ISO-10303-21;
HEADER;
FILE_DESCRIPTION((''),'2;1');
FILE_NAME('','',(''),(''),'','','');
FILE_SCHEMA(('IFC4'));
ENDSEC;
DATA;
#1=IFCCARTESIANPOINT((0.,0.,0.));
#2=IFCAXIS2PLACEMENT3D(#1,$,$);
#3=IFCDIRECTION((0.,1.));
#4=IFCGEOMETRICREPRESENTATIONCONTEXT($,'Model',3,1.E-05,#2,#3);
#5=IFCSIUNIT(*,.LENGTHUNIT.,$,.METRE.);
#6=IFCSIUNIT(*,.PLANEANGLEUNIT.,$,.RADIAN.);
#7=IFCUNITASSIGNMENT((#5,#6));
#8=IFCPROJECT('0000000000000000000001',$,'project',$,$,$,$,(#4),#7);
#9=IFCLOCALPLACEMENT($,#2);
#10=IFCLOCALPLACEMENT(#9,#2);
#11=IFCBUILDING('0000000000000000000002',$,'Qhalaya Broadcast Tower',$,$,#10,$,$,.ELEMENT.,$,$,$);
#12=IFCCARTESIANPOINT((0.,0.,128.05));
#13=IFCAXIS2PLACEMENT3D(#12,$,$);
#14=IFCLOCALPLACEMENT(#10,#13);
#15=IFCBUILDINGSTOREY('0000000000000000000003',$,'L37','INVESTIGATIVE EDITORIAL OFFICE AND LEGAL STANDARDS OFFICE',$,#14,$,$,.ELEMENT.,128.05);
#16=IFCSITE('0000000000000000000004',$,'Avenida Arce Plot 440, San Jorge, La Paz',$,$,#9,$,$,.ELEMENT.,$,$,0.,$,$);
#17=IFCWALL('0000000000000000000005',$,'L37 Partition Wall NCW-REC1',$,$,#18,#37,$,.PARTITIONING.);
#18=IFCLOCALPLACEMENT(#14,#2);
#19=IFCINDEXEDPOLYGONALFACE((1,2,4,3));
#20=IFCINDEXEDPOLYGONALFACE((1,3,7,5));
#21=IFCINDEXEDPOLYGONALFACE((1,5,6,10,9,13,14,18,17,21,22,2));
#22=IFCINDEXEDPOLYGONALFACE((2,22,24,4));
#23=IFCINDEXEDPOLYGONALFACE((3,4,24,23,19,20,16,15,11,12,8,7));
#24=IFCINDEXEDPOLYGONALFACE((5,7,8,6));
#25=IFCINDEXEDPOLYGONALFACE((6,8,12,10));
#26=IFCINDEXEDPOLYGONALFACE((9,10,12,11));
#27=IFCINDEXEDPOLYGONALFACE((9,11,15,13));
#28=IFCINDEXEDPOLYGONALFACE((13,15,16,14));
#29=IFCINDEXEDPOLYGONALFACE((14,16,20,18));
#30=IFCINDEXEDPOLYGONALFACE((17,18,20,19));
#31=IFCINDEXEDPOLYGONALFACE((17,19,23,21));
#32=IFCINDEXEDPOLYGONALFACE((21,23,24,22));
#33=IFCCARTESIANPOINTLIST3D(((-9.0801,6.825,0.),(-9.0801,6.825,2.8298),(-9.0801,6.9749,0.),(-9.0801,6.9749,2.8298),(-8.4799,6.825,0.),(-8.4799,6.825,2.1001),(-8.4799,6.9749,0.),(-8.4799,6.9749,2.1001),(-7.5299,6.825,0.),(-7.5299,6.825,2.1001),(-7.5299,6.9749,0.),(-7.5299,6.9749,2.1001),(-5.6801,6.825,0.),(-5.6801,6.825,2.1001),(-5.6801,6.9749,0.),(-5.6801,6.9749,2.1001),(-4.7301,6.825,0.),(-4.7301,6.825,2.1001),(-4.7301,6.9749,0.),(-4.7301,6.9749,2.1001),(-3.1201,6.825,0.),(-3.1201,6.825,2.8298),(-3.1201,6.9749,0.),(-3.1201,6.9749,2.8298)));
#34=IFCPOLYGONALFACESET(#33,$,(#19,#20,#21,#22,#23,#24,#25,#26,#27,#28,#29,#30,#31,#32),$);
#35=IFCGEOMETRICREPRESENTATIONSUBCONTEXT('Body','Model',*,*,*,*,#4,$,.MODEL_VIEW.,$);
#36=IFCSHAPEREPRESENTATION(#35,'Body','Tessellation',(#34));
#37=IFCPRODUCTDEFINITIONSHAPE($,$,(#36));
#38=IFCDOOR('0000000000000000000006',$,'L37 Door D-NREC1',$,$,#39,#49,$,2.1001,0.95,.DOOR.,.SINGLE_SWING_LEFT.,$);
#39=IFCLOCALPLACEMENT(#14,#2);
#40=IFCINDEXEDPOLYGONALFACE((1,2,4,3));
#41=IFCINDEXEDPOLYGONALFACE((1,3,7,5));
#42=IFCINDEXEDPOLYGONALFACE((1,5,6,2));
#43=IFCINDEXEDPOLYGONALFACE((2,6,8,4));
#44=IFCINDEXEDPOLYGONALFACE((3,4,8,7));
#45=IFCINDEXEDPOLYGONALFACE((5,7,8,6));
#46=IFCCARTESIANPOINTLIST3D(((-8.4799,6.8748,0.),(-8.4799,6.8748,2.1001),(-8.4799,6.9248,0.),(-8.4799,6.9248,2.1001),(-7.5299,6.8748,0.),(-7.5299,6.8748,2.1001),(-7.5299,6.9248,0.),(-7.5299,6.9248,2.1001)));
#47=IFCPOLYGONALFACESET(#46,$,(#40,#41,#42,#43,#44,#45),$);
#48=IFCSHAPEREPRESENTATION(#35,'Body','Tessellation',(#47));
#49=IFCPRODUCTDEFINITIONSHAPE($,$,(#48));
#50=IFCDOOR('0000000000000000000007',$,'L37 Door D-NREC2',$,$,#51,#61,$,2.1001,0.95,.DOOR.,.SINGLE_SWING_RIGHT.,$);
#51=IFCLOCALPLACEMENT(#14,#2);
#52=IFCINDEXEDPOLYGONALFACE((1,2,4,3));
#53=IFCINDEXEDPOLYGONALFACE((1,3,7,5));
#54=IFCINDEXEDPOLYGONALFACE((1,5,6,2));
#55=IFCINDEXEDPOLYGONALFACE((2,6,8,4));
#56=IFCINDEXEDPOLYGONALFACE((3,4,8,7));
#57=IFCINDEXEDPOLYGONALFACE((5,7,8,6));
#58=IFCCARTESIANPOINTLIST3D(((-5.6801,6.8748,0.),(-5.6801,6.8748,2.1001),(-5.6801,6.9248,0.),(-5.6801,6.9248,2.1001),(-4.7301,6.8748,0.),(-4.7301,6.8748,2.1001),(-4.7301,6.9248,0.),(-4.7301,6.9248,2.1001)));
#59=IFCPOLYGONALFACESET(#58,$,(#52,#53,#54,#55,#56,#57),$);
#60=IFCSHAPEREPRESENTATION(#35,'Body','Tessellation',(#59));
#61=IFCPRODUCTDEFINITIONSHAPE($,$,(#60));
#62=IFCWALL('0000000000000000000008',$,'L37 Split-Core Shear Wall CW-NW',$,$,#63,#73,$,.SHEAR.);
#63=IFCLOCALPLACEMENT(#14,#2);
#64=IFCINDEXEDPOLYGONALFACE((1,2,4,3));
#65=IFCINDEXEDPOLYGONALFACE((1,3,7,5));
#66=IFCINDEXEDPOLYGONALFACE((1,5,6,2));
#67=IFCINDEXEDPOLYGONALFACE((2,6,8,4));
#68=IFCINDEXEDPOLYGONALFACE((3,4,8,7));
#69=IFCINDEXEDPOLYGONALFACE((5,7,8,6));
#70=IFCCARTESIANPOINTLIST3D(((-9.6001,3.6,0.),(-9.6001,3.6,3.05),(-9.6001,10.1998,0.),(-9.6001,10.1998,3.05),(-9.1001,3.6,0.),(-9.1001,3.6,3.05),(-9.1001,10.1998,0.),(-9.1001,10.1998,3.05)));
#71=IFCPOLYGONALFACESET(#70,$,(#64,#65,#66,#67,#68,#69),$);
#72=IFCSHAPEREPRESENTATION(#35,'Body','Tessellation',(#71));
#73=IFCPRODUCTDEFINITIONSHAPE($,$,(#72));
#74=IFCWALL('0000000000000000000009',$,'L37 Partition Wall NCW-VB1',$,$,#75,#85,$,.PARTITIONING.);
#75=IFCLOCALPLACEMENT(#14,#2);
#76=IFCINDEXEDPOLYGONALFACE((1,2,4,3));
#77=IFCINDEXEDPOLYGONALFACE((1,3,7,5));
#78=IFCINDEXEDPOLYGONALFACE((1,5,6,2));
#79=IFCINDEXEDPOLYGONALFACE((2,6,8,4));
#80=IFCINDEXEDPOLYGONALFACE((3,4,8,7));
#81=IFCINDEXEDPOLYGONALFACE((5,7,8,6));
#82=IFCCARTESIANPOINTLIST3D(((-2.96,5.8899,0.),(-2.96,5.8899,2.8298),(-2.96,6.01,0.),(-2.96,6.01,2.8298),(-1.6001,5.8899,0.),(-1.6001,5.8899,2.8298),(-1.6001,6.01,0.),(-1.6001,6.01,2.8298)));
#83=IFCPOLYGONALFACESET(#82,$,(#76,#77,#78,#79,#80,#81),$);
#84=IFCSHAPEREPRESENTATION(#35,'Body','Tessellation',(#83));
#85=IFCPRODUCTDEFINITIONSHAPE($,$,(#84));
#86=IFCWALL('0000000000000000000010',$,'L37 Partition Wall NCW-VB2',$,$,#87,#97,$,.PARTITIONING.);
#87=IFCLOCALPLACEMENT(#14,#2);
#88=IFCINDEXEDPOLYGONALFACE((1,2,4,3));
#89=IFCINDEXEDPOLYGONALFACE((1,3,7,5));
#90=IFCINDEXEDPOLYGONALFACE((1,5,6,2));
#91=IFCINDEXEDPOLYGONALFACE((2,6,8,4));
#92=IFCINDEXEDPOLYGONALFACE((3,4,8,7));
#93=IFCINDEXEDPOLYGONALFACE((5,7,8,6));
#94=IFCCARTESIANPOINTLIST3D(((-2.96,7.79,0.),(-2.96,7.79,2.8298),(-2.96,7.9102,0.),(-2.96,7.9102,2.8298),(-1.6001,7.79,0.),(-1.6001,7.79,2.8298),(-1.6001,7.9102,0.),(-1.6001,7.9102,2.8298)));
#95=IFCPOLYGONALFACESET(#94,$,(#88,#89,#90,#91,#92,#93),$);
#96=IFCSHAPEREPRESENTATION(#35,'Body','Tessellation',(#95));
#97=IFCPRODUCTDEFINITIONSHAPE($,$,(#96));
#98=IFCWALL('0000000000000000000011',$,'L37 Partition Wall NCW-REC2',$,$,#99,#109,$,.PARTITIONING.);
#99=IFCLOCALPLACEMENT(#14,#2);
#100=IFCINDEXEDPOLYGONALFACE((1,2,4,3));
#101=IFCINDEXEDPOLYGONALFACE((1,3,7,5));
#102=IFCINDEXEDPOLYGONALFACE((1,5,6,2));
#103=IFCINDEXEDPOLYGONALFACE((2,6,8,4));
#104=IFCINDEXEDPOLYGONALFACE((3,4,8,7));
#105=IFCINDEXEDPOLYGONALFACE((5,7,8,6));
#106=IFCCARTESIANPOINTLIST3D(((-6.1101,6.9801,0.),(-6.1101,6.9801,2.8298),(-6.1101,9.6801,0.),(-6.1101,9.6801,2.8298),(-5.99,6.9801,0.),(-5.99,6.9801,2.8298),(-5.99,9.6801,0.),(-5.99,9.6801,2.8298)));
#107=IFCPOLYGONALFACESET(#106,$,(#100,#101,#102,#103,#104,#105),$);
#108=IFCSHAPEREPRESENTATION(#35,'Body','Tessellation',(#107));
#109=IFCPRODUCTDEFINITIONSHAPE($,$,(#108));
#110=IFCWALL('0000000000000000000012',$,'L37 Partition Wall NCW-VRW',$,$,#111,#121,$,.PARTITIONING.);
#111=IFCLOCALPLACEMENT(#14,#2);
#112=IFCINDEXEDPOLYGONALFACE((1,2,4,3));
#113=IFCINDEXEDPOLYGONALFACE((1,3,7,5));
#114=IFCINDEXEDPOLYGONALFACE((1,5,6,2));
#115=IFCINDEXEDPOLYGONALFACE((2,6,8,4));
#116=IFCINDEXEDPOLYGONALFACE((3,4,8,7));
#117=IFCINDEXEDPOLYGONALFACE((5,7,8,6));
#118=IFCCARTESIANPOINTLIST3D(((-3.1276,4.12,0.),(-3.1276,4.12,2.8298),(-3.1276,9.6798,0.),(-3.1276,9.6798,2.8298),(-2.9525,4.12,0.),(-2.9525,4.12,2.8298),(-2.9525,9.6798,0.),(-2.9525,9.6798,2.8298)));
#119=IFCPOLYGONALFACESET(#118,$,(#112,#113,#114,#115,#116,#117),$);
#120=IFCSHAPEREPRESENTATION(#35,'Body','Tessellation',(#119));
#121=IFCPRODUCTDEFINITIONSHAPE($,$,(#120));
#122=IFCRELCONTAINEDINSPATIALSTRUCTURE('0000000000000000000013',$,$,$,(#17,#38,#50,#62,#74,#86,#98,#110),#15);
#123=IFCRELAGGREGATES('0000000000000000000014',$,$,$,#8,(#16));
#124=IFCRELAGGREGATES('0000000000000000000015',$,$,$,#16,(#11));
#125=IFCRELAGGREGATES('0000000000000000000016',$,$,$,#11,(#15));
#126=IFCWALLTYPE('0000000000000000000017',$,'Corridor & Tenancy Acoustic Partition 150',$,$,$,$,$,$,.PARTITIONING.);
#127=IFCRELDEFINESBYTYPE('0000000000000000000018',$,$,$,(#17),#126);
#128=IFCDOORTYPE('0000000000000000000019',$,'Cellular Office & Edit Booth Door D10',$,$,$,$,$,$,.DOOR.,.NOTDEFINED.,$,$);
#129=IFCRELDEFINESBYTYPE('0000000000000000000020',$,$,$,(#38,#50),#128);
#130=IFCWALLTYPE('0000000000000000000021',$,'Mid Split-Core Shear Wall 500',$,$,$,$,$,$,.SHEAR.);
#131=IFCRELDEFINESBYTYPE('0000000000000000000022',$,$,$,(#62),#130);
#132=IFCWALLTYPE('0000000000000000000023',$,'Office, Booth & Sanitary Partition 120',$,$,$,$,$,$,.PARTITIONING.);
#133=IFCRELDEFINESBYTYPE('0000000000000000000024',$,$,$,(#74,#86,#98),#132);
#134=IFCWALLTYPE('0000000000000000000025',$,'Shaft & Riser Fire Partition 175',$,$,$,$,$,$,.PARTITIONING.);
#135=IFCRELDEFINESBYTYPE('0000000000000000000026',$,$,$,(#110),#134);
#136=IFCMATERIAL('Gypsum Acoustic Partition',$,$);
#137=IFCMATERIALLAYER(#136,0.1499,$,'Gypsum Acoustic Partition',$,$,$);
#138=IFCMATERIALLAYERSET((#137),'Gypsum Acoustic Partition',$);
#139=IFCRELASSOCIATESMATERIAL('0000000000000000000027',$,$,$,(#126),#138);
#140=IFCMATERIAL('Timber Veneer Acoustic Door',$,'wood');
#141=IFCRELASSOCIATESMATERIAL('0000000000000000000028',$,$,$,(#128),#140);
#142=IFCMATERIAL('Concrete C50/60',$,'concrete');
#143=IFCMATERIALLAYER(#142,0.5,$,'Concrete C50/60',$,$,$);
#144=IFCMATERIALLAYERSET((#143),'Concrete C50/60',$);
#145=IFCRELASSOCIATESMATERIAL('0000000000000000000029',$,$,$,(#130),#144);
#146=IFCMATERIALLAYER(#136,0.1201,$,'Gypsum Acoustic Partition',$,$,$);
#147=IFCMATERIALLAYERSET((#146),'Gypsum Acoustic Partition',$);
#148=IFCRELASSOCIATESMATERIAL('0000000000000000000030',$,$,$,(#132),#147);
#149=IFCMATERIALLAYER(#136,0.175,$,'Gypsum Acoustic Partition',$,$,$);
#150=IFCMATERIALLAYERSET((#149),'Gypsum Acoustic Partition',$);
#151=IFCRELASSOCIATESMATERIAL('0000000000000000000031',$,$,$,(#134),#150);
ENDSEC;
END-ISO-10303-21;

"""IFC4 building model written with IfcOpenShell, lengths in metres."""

from ifc_helpers import new_model, si_unit, direction, frame, frame_2d, origin, place, context, subcontext, project, spatial, rectangle, extrude, material, layer, layer_set, type_object, element, fill, save


model = new_model("IFC4")

# Units and contexts
model_context = context("Model", 3, precision=1e-05, world=origin(), true_north=direction((0.0, 1.0)))
body_context = subcontext(model_context, "Body", "Model", "MODEL_VIEW")
ifc_project = project(units=[si_unit("LENGTHUNIT", "METRE"), si_unit("PLANEANGLEUNIT", "RADIAN")], contexts=[model_context])

# Site, building, storey
site_placement = place(None, origin())
site = spatial("IfcSite", under=ifc_project, at=site_placement, Name="Avenida Arce Plot 440, San Jorge, La Paz", CompositionType="ELEMENT", RefElevation=0.0)
building_placement = place(site_placement, origin())
building = spatial("IfcBuilding", under=site, at=building_placement, Name="Qhalaya Broadcast Tower", CompositionType="ELEMENT")
storey_placement = place(building_placement, frame((0.0, 0.0, 128.05)))
storey = spatial("IfcBuildingStorey", under=building, at=storey_placement, Name="L37", Description="INVESTIGATIVE EDITORIAL OFFICE AND LEGAL STANDARDS OFFICE", CompositionType="ELEMENT", Elevation=128.05)

# Shared definitions
ifc_material_1 = material(Name="Concrete C50/60", Category="concrete")

# Wall, openings, doors
ifc_material_2 = material(Name="Gypsum Acoustic Partition")
ifc_layer_1 = layer(ifc_material_2, 0.1499, Name="Gypsum Acoustic Partition")
ifc_layer_set_1 = layer_set([ifc_layer_1], Name="Gypsum Acoustic Partition")
wall_type_1 = type_object("IfcWallType", Name="Corridor & Tenancy Acoustic Partition 150", PredefinedType="PARTITIONING", material=ifc_layer_set_1)
ifc_material_3 = material(Name="Timber Veneer Acoustic Door", Category="wood")
wall_1_placement = place(storey_placement, frame((-9.0801, 6.8999, 0.0), z_axis=(0.0, 0.0, 1.0), x_axis=(1.0, 0.0, 0.0)))
wall_1 = element("IfcWall", 1, at=wall_1_placement, inside=storey, type_object=wall_type_1, Name="L37 Partition Wall NCW-REC1", PredefinedType="PARTITIONING", context=body_context, shape_type="SweptSolid", body=[
    extrude(rectangle(XDim=5.96, YDim=0.1499, at=frame_2d((2.98, 0.0))), origin(), (0.0, 0.0, 1.0), 2.8298),
])
opening_1_placement = place(wall_1_placement, frame((0.6001, 0.0, 0.0)))
opening_1 = element("IfcOpeningElement", 2, at=opening_1_placement, cuts=wall_1, PredefinedType="OPENING", context=body_context, shape_type="SweptSolid", body=[
    extrude(rectangle(XDim=0.95, YDim=2.1001, at=frame_2d((0.4751, 1.05))), frame((0.0, 0.0869, 0.0), z_axis=(0.0, -1.0, 0.0), x_axis=(1.0, 0.0, 0.0)), (0.0, 0.0, 1.0), 0.1738),
])
opening_2_placement = place(wall_1_placement, frame((3.3999, 0.0, 0.0)))
opening_2 = element("IfcOpeningElement", 3, at=opening_2_placement, cuts=wall_1, PredefinedType="OPENING", context=body_context, shape_type="SweptSolid", body=[
    extrude(rectangle(XDim=0.95, YDim=2.1001, at=frame_2d((0.4751, 1.05))), frame((0.0, 0.0869, 0.0), z_axis=(0.0, -1.0, 0.0), x_axis=(1.0, 0.0, 0.0)), (0.0, 0.0, 1.0), 0.1738),
])
door_type_1 = type_object("IfcDoorType", Name="Cellular Office & Edit Booth Door D10", OperationType="NOTDEFINED", PredefinedType="DOOR", material=ifc_material_3)
door_1_placement = place(opening_1_placement, origin())
door_1 = element("IfcDoor", 4, at=door_1_placement, inside=storey, type_object=door_type_1, Name="L37 Door D-NREC1", OperationType="SINGLE_SWING_LEFT", OverallHeight=2.1001, OverallWidth=0.95, PredefinedType="DOOR", context=body_context, shape_type="SweptSolid", body=[
    extrude(rectangle(XDim=0.95, YDim=2.1001, at=frame_2d((0.4751, 1.05))), frame((0.0, 0.0249, 0.0), z_axis=(0.0, -1.0, 0.0), x_axis=(1.0, 0.0, 0.0)), (0.0, 0.0, 1.0), 0.05),
])
fill(opening_1, door_1)
door_2_placement = place(opening_2_placement, origin())
door_2 = element("IfcDoor", 5, at=door_2_placement, inside=storey, type_object=door_type_1, Name="L37 Door D-NREC2", OperationType="SINGLE_SWING_RIGHT", OverallHeight=2.1001, OverallWidth=0.95, PredefinedType="DOOR", context=body_context, shape_type="SweptSolid", body=[
    extrude(rectangle(XDim=0.95, YDim=2.1001, at=frame_2d((0.4751, 1.05))), frame((0.0, 0.0249, 0.0), z_axis=(0.0, -1.0, 0.0), x_axis=(1.0, 0.0, 0.0)), (0.0, 0.0, 1.0), 0.05),
])
fill(opening_2, door_2)

# Walls
ifc_layer_2 = layer(ifc_material_1, 0.5, Name="Concrete C50/60")
ifc_layer_set_2 = layer_set([ifc_layer_2], Name="Concrete C50/60")
wall_type_2 = type_object("IfcWallType", Name="Mid Split-Core Shear Wall 500", PredefinedType="SHEAR", material=ifc_layer_set_2)
wall_2_placement = place(storey_placement, frame((-9.3501, 3.6001, 0.0), z_axis=(0.0, 0.0, 1.0), x_axis=(0.0, 1.0, 0.0)))
element("IfcWall", 6, at=wall_2_placement, inside=storey, type_object=wall_type_2, Name="L37 Split-Core Shear Wall CW-NW", PredefinedType="SHEAR", context=body_context, shape_type="SweptSolid", body=[
    extrude(rectangle(XDim=6.5999, YDim=0.5, at=frame_2d((3.2998, 0.0))), origin(), (0.0, 0.0, 1.0), 3.05),
])
ifc_layer_3 = layer(ifc_material_2, 0.1201, Name="Gypsum Acoustic Partition")
ifc_layer_set_3 = layer_set([ifc_layer_3], Name="Gypsum Acoustic Partition")
wall_type_3 = type_object("IfcWallType", Name="Office, Booth & Sanitary Partition 120", PredefinedType="PARTITIONING", material=ifc_layer_set_3)
for number, where, z_axis, x_axis, name in (
    (7, (-2.96, 5.95, 0.0), (0.0, 0.0, 1.0), (1.0, 0.0, 0.0), "L37 Partition Wall NCW-VB1"),
    (8, (-2.96, 7.8501, 0.0), (0.0, 0.0, 1.0), (1.0, 0.0, 0.0), "L37 Partition Wall NCW-VB2"),
):
    element("IfcWall", number, at=place(storey_placement, frame(where, z_axis=z_axis, x_axis=x_axis)), inside=storey, type_object=wall_type_3, Name=name, PredefinedType="PARTITIONING", context=body_context, shape_type="SweptSolid", body=[
        extrude(rectangle(XDim=1.3599, YDim=0.1201, at=frame_2d((0.6799, 0.0))), origin(), (0.0, 0.0, 1.0), 2.8298),
    ])
wall_3_placement = place(storey_placement, frame((-6.05, 6.98, 0.0), z_axis=(0.0, 0.0, 1.0), x_axis=(0.0, 1.0, 0.0)))
element("IfcWall", 9, at=wall_3_placement, inside=storey, type_object=wall_type_3, Name="L37 Partition Wall NCW-REC2", PredefinedType="PARTITIONING", context=body_context, shape_type="SweptSolid", body=[
    extrude(rectangle(XDim=2.7, YDim=0.1201, at=frame_2d((1.3501, 0.0))), origin(), (0.0, 0.0, 1.0), 2.8298),
])

# Shared definitions
ifc_layer_4 = layer(ifc_material_2, 0.175, Name="Gypsum Acoustic Partition")
ifc_layer_set_4 = layer_set([ifc_layer_4], Name="Gypsum Acoustic Partition")
wall_type_4 = type_object("IfcWallType", Name="Shaft & Riser Fire Partition 175", PredefinedType="PARTITIONING", material=ifc_layer_set_4)

# Wall
wall_4_placement = place(storey_placement, frame((-3.04, 4.1201, 0.0), z_axis=(0.0, 0.0, 1.0), x_axis=(0.0, 1.0, 0.0)))
element("IfcWall", 10, at=wall_4_placement, inside=storey, type_object=wall_type_4, Name="L37 Partition Wall NCW-VRW", PredefinedType="PARTITIONING", context=body_context, shape_type="SweptSolid", body=[
    extrude(rectangle(XDim=5.5598, YDim=0.175, at=frame_2d((2.7798, 0.0))), origin(), (0.0, 0.0, 1.0), 2.8298),
])

save(model, "model.ifc")
